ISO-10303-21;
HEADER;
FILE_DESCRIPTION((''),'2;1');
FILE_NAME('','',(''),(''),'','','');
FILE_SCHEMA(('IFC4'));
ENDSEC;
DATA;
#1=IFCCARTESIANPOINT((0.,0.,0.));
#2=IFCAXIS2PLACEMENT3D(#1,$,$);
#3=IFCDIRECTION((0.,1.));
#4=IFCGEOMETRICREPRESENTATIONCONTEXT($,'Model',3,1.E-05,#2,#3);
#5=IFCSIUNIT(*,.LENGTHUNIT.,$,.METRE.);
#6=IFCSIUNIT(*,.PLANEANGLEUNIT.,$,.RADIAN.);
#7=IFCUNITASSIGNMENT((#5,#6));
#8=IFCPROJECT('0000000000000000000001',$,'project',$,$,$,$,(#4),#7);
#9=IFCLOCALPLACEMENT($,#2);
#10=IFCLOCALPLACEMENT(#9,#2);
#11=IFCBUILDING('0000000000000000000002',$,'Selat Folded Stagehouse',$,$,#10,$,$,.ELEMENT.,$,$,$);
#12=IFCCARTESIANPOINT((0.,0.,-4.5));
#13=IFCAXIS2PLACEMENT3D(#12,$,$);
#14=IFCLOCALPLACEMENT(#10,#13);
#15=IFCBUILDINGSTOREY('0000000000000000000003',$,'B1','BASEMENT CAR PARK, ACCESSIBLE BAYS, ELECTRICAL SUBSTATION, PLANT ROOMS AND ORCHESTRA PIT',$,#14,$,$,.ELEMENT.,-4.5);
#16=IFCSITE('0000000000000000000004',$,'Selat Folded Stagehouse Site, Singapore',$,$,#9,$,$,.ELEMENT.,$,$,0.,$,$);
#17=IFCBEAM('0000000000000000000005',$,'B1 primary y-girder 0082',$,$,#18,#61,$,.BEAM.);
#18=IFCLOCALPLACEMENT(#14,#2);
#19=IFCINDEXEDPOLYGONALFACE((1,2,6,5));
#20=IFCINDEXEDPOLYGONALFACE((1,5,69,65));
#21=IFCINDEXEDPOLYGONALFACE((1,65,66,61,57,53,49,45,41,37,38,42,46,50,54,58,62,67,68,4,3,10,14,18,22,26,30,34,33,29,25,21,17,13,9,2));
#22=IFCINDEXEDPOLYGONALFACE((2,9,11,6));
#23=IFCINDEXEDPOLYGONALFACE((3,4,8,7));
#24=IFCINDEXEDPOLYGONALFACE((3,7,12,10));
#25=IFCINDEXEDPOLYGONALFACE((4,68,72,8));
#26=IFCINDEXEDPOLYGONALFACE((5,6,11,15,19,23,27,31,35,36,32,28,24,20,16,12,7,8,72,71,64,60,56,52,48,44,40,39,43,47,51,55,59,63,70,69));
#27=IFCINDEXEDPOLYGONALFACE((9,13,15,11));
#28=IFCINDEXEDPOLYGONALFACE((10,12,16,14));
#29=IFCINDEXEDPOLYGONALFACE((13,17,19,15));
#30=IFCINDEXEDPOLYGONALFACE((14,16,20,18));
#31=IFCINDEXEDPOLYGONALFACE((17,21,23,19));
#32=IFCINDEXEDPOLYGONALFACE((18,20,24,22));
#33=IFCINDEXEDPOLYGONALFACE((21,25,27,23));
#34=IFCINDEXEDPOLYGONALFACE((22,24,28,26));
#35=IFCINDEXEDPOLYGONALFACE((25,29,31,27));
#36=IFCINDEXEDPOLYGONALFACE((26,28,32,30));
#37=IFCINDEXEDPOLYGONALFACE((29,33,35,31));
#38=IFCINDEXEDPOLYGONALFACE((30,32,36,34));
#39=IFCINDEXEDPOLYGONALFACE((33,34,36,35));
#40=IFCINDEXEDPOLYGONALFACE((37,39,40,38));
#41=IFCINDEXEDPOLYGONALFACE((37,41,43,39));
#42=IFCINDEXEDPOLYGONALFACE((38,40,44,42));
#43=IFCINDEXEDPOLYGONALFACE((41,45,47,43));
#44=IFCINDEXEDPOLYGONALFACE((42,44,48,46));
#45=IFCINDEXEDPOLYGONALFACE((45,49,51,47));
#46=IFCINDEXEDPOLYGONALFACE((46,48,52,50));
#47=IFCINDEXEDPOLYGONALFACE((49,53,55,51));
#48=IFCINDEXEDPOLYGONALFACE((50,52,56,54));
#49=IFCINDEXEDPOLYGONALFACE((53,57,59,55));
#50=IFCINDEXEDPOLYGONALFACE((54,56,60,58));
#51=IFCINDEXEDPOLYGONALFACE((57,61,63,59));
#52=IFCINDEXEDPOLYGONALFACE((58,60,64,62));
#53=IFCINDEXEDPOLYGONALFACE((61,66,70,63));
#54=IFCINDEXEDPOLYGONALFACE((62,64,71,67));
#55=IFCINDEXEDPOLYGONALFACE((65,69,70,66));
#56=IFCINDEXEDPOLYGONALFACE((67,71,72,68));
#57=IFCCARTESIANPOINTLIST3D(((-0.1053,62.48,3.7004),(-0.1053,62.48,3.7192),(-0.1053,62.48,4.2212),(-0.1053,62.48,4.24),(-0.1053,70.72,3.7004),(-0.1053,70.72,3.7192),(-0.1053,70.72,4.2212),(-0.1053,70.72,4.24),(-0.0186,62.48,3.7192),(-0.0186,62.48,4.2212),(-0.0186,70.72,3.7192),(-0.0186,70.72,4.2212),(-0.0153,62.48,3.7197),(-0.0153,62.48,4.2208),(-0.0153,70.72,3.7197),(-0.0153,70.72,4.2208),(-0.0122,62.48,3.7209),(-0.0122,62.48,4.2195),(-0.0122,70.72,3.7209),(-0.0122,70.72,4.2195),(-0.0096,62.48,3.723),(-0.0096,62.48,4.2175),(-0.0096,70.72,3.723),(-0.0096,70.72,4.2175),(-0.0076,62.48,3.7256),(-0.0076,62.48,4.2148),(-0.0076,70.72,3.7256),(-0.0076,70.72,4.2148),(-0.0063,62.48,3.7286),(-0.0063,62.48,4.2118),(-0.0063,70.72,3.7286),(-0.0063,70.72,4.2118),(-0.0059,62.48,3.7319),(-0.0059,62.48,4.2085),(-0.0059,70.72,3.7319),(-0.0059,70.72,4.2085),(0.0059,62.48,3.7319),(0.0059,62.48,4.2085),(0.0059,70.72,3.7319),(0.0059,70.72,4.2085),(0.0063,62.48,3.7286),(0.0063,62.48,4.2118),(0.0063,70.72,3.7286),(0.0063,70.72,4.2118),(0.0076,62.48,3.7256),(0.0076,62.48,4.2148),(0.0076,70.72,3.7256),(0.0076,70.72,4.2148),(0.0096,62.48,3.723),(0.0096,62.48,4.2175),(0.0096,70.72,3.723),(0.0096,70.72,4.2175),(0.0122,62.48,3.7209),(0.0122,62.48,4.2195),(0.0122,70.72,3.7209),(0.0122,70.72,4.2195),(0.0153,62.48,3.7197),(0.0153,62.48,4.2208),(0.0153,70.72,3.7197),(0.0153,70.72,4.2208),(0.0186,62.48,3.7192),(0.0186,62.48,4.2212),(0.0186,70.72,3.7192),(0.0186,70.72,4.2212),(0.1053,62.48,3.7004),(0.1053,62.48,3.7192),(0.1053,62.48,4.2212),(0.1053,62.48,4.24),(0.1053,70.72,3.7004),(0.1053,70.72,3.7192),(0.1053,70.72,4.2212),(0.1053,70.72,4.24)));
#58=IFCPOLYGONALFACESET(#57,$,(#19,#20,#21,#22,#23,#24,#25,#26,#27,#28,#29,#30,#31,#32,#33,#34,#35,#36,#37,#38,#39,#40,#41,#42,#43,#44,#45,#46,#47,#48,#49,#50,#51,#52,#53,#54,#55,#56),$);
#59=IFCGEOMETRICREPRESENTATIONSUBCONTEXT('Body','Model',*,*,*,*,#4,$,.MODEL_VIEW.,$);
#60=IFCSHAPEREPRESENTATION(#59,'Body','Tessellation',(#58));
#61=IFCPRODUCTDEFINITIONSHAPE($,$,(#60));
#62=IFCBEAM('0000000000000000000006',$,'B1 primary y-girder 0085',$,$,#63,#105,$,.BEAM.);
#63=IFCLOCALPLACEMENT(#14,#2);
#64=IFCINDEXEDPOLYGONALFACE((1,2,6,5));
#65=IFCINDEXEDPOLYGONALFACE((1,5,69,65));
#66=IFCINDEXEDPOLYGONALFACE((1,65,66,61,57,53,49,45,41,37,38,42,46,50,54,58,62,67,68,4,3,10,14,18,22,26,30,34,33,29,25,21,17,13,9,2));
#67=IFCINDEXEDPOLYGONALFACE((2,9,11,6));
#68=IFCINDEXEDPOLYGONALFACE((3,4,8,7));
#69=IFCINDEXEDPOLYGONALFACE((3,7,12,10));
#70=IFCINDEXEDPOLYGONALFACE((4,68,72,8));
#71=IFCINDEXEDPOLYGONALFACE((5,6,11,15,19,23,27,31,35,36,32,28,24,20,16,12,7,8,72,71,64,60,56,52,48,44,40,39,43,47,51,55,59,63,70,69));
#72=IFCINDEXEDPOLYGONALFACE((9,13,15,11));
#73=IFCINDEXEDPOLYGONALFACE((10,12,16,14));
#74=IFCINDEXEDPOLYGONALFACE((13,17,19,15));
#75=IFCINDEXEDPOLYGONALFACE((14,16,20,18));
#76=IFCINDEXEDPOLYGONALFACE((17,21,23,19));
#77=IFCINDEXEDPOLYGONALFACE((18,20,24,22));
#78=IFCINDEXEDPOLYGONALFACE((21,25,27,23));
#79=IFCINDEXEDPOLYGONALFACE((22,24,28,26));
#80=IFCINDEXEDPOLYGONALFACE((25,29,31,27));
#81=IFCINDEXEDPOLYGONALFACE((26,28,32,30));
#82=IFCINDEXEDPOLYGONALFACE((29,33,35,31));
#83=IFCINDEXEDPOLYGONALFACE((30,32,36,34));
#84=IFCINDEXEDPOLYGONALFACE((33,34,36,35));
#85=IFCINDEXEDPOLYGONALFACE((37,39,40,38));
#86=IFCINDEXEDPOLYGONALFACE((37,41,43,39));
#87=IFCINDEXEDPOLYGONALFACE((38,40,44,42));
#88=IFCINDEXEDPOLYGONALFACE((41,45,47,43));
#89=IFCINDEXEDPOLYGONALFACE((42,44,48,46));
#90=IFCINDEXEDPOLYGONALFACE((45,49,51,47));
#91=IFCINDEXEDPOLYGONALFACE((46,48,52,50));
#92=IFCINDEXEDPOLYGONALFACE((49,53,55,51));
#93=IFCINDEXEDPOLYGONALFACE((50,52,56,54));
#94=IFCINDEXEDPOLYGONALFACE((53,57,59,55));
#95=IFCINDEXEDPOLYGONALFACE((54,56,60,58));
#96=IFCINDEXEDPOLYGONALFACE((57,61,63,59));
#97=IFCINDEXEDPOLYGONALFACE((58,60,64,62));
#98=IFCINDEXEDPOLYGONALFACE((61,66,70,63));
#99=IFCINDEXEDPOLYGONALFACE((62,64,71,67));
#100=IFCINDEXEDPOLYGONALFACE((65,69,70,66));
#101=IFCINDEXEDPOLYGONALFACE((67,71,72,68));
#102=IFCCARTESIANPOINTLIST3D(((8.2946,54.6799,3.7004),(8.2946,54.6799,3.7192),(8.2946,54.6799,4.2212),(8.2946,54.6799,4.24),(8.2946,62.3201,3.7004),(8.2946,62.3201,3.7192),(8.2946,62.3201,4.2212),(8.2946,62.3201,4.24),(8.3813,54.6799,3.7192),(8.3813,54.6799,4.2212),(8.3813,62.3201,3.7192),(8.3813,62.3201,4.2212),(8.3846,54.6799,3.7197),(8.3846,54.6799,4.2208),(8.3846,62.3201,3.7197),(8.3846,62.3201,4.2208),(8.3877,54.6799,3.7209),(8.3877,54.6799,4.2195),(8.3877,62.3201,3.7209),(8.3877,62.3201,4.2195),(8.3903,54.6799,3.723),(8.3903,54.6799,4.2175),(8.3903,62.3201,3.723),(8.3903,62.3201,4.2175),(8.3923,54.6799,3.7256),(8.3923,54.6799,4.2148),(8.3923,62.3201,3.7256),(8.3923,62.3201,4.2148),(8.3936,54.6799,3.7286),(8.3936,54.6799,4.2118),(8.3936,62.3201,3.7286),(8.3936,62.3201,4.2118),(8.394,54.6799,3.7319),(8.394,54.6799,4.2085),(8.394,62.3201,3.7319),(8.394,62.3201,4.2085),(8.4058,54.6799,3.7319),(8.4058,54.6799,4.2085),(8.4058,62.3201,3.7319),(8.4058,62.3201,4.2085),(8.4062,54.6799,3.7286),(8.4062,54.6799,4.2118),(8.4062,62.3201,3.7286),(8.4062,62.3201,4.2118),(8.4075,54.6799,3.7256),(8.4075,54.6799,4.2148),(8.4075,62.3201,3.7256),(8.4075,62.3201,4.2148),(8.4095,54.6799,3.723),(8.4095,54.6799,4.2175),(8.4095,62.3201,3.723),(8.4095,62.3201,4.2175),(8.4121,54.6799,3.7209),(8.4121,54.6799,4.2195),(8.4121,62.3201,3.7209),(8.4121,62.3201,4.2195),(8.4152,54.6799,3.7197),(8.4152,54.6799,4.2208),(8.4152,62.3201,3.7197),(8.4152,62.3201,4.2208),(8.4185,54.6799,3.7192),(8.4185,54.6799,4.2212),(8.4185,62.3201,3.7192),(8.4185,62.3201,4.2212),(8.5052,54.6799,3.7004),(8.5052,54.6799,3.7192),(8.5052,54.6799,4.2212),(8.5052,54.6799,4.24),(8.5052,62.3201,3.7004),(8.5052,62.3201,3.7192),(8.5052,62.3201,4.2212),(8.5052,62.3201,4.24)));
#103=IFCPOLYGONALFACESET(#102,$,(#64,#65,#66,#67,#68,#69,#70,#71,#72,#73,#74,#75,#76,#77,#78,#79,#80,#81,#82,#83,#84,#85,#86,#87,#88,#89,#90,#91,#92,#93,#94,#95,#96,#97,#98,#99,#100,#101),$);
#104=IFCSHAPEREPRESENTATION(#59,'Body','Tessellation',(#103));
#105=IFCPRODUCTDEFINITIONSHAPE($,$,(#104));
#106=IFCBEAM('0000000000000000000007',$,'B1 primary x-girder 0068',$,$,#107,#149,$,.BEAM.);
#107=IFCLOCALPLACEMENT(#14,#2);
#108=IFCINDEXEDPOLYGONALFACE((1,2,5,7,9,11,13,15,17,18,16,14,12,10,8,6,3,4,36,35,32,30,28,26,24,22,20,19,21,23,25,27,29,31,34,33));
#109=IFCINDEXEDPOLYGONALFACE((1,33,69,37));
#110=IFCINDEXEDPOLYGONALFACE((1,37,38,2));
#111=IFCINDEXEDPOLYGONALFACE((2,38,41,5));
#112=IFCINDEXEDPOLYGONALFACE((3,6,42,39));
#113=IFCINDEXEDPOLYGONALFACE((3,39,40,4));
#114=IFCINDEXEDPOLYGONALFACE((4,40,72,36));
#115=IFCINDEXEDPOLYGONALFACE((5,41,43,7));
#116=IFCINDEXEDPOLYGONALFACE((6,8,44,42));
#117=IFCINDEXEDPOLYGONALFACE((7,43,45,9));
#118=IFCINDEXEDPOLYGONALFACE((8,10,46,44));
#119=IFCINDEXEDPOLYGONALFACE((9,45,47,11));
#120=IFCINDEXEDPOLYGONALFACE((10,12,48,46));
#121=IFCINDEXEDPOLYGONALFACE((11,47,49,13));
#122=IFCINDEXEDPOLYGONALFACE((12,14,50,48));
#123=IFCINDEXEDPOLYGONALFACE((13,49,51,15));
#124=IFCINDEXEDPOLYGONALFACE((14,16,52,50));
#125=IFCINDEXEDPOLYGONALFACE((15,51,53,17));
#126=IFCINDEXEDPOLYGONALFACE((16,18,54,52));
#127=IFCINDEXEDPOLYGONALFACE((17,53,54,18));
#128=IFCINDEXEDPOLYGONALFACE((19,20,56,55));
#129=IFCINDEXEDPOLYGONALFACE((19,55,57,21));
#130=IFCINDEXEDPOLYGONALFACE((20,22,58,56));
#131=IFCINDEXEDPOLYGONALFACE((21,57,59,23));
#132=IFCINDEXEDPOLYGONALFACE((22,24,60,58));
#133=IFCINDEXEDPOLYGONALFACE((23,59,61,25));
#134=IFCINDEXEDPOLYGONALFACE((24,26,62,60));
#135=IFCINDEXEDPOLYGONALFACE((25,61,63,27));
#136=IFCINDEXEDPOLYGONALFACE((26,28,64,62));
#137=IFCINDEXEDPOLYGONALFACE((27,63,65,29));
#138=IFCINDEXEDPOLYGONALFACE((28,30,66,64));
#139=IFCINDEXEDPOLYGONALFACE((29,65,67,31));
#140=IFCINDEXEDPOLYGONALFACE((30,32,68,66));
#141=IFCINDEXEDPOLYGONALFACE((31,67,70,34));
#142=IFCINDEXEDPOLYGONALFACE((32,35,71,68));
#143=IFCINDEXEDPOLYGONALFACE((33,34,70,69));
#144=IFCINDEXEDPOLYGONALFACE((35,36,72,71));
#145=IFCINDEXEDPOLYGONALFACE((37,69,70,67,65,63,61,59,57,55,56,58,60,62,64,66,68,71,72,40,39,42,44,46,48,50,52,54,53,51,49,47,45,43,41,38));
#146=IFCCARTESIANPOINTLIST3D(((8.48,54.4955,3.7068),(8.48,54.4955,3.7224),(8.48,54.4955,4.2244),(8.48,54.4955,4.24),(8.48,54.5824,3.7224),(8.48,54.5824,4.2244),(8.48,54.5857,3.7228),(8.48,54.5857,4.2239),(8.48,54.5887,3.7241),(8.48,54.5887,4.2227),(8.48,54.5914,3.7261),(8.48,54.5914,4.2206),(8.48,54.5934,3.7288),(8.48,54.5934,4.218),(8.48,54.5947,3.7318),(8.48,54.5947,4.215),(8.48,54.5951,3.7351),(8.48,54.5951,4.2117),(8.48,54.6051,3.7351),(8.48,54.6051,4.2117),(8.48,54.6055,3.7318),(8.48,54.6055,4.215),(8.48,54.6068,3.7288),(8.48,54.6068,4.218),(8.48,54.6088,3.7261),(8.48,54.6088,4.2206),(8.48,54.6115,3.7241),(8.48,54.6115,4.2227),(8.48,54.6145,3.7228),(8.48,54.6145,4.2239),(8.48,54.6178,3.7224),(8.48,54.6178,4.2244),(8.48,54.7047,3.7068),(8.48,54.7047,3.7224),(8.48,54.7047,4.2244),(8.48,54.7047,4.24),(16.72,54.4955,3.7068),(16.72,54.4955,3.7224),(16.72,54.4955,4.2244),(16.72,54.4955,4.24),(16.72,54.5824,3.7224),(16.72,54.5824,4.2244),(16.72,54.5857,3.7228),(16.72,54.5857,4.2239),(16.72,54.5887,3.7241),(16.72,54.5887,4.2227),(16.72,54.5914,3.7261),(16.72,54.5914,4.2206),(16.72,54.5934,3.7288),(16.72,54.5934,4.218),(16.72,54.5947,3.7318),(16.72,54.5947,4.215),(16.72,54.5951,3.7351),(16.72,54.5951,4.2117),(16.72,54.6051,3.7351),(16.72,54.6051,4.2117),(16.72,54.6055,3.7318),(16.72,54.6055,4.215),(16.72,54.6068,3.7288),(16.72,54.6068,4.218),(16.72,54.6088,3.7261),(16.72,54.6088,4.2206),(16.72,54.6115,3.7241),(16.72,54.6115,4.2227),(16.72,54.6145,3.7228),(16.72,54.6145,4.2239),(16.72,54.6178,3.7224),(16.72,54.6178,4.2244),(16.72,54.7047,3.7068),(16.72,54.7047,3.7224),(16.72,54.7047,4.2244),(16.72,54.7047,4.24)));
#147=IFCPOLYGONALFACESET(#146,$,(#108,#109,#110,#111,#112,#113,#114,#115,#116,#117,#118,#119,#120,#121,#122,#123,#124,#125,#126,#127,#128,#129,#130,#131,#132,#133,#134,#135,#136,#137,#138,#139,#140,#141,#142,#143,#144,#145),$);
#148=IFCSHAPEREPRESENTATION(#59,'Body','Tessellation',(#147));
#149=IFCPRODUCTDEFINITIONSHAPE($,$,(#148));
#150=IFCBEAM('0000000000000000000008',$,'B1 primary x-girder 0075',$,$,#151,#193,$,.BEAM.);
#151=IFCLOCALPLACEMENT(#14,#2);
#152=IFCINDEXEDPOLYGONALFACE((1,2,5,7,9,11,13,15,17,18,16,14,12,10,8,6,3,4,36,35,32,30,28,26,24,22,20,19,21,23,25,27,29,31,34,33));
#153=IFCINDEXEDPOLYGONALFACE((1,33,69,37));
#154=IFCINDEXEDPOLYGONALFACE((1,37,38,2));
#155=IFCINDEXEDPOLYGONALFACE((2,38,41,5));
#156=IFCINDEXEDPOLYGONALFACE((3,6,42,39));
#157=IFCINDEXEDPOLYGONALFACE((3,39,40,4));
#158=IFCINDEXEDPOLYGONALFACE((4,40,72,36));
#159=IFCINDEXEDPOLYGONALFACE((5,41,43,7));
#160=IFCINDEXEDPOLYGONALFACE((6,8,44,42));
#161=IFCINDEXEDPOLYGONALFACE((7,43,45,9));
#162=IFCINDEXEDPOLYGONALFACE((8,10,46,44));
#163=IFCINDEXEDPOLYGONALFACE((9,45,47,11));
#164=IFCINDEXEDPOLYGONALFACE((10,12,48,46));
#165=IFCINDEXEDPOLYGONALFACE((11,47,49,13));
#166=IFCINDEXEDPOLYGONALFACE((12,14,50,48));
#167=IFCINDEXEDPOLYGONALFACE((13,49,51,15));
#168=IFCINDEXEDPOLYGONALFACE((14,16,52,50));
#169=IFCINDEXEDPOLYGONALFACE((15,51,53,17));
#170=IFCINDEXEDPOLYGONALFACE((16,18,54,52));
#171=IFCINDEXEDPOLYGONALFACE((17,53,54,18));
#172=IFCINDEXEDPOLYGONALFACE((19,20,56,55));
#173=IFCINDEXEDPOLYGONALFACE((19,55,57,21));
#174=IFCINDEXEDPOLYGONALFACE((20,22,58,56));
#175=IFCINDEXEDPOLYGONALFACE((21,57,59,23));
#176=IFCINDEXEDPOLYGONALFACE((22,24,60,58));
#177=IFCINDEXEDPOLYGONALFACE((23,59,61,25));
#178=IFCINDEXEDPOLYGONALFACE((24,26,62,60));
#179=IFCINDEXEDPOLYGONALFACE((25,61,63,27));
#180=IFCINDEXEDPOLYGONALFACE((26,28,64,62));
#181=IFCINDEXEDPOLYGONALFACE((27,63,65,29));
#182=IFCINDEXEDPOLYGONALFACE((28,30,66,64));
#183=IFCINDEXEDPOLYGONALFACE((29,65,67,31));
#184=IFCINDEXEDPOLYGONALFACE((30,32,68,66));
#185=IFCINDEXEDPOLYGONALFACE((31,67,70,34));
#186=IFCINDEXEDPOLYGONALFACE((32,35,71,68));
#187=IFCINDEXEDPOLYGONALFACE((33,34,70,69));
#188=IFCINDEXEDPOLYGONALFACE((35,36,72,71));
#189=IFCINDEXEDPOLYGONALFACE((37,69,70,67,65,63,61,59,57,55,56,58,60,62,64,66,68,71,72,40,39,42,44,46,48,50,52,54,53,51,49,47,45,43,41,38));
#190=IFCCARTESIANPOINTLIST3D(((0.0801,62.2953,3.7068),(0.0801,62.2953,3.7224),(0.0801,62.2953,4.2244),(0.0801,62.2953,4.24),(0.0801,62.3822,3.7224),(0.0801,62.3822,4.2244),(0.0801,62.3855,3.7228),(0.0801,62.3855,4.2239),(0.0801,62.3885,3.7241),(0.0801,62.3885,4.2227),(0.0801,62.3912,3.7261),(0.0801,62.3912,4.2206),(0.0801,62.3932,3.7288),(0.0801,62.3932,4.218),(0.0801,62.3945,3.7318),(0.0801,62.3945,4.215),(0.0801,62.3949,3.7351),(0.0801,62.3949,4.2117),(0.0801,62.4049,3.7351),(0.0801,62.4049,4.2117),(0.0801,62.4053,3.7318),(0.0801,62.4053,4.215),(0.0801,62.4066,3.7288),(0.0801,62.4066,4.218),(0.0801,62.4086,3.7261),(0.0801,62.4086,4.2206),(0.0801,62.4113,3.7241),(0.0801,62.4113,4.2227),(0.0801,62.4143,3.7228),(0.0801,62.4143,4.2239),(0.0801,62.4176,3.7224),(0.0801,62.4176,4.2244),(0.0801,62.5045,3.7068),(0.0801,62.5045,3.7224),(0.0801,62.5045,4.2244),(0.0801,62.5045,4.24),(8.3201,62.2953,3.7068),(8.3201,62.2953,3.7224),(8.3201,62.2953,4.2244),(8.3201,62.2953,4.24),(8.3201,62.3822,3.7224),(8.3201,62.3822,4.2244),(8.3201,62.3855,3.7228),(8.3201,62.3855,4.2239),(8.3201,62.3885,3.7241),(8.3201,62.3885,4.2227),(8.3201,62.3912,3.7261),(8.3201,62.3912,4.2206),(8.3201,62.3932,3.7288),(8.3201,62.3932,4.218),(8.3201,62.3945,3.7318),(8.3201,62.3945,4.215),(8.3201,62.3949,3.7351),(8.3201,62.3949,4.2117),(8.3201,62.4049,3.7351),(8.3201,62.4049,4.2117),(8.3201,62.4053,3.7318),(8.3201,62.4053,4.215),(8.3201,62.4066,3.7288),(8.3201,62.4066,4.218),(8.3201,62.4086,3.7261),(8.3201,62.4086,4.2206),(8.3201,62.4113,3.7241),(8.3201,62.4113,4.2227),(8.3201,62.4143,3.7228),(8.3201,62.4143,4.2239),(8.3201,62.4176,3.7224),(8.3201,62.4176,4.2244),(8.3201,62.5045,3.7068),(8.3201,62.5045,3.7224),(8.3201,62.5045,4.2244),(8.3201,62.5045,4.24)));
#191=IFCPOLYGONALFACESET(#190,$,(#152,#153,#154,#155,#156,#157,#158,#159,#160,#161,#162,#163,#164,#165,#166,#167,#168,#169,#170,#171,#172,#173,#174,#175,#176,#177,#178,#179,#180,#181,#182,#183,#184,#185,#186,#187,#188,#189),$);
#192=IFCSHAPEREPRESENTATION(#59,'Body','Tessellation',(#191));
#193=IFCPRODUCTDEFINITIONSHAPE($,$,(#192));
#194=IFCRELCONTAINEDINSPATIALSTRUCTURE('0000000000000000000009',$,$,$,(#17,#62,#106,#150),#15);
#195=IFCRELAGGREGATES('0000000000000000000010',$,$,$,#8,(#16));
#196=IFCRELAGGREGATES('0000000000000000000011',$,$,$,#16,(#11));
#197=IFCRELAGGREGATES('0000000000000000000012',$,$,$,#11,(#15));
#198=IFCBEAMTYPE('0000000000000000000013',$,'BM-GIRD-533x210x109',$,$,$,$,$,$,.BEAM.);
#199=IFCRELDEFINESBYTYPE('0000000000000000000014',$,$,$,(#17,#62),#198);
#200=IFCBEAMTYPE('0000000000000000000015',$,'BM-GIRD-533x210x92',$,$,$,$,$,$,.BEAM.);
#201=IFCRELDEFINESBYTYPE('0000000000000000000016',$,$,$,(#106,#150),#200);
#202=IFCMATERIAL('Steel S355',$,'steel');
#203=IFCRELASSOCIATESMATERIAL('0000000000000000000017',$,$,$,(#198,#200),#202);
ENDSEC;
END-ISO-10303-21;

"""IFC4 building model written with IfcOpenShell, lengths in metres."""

from ifc_helpers import new_model, si_unit, direction, frame, origin, origin_2d, place, context, subcontext, project, spatial, i_section, extrude, material, material_profile, profile_set, type_object, element, save


model = new_model("IFC4")

# Units and contexts
model_context = context("Model", 3, precision=1e-05, world=origin(), true_north=direction((0.0, 1.0)))
body_context = subcontext(model_context, "Body", "Model", "MODEL_VIEW")
ifc_project = project(units=[si_unit("LENGTHUNIT", "METRE"), si_unit("PLANEANGLEUNIT", "RADIAN")], contexts=[model_context])

# Site, building, storey
site_placement = place(None, origin())
site = spatial("IfcSite", under=ifc_project, at=site_placement, Name="Selat Folded Stagehouse Site, Singapore", CompositionType="ELEMENT", RefElevation=0.0)
building_placement = place(site_placement, origin())
building = spatial("IfcBuilding", under=site, at=building_placement, Name="Selat Folded Stagehouse", CompositionType="ELEMENT")
storey_placement = place(building_placement, frame((0.0, 0.0, -4.5)))
storey = spatial("IfcBuildingStorey", under=building, at=storey_placement, Name="B1", Description="BASEMENT CAR PARK, ACCESSIBLE BAYS, ELECTRICAL SUBSTATION, PLANT ROOMS AND ORCHESTRA PIT", CompositionType="ELEMENT", Elevation=-4.5)

# Shared definitions
ifc_material_1 = material(Name="Steel S355", Category="steel")

# Beams
ifc_material_profile_1 = material_profile(ifc_material_1, i_section(OverallWidth=0.2107, OverallDepth=0.5396, WebThickness=0.0117, FlangeThickness=0.0188, FilletRadius=0.0127, at=origin_2d()), Name="UKB 533x210x109")
ifc_profile_set_1 = profile_set([ifc_material_profile_1], Name="Steel S355")
beam_type_1 = type_object("IfcBeamType", Name="BM-GIRD-533x210x109", PredefinedType="BEAM", material=ifc_profile_set_1)
beam_1_placement = place(storey_placement, frame((0.0, 62.48, 3.9702), z_axis=(0.0, 1.0, 0.0), x_axis=(-1.0, 0.0, 0.0)))
element("IfcBeam", 1, at=beam_1_placement, inside=storey, type_object=beam_type_1, Name="B1 primary y-girder 0082", PredefinedType="BEAM", context=body_context, shape_type="SweptSolid", body=[
    extrude(i_section(OverallWidth=0.2107, OverallDepth=0.5396, WebThickness=0.0117, FlangeThickness=0.0188, FilletRadius=0.0127, at=origin_2d()), origin(), (0.0, 0.0, 1.0), 8.24),
])
beam_2_placement = place(storey_placement, frame((8.3999, 54.6799, 3.9702), z_axis=(0.0, 1.0, 0.0), x_axis=(-1.0, 0.0, 0.0)))
element("IfcBeam", 2, at=beam_2_placement, inside=storey, type_object=beam_type_1, Name="B1 primary y-girder 0085", PredefinedType="BEAM", context=body_context, shape_type="SweptSolid", body=[
    extrude(i_section(OverallWidth=0.2107, OverallDepth=0.5396, WebThickness=0.0117, FlangeThickness=0.0188, FilletRadius=0.0127, at=origin_2d()), origin(), (0.0, 0.0, 1.0), 7.6401),
])
ifc_material_profile_2 = material_profile(ifc_material_1, i_section(OverallWidth=0.2092, OverallDepth=0.5332, WebThickness=0.01, FlangeThickness=0.0156, FilletRadius=0.0127, at=origin_2d()), Name="UKB 533x210x92")
ifc_profile_set_2 = profile_set([ifc_material_profile_2], Name="Steel S355")
beam_type_2 = type_object("IfcBeamType", Name="BM-GIRD-533x210x92", PredefinedType="BEAM", material=ifc_profile_set_2)
for number, where, z_axis, x_axis, name in (
    (3, (8.48, 54.6001, 3.9734), (1.0, 0.0, 0.0), (0.0, 1.0, 0.0), "B1 primary x-girder 0068"),
    (4, (0.0801, 62.3999, 3.9734), (1.0, 0.0, 0.0), (0.0, 1.0, 0.0), "B1 primary x-girder 0075"),
):
    element("IfcBeam", number, at=place(storey_placement, frame(where, z_axis=z_axis, x_axis=x_axis)), inside=storey, type_object=beam_type_2, Name=name, PredefinedType="BEAM", context=body_context, shape_type="SweptSolid", body=[
        extrude(i_section(OverallWidth=0.2092, OverallDepth=0.5332, WebThickness=0.01, FlangeThickness=0.0156, FilletRadius=0.0127, at=origin_2d()), origin(), (0.0, 0.0, 1.0), 8.24),
    ])

save(model, "model.ifc")
